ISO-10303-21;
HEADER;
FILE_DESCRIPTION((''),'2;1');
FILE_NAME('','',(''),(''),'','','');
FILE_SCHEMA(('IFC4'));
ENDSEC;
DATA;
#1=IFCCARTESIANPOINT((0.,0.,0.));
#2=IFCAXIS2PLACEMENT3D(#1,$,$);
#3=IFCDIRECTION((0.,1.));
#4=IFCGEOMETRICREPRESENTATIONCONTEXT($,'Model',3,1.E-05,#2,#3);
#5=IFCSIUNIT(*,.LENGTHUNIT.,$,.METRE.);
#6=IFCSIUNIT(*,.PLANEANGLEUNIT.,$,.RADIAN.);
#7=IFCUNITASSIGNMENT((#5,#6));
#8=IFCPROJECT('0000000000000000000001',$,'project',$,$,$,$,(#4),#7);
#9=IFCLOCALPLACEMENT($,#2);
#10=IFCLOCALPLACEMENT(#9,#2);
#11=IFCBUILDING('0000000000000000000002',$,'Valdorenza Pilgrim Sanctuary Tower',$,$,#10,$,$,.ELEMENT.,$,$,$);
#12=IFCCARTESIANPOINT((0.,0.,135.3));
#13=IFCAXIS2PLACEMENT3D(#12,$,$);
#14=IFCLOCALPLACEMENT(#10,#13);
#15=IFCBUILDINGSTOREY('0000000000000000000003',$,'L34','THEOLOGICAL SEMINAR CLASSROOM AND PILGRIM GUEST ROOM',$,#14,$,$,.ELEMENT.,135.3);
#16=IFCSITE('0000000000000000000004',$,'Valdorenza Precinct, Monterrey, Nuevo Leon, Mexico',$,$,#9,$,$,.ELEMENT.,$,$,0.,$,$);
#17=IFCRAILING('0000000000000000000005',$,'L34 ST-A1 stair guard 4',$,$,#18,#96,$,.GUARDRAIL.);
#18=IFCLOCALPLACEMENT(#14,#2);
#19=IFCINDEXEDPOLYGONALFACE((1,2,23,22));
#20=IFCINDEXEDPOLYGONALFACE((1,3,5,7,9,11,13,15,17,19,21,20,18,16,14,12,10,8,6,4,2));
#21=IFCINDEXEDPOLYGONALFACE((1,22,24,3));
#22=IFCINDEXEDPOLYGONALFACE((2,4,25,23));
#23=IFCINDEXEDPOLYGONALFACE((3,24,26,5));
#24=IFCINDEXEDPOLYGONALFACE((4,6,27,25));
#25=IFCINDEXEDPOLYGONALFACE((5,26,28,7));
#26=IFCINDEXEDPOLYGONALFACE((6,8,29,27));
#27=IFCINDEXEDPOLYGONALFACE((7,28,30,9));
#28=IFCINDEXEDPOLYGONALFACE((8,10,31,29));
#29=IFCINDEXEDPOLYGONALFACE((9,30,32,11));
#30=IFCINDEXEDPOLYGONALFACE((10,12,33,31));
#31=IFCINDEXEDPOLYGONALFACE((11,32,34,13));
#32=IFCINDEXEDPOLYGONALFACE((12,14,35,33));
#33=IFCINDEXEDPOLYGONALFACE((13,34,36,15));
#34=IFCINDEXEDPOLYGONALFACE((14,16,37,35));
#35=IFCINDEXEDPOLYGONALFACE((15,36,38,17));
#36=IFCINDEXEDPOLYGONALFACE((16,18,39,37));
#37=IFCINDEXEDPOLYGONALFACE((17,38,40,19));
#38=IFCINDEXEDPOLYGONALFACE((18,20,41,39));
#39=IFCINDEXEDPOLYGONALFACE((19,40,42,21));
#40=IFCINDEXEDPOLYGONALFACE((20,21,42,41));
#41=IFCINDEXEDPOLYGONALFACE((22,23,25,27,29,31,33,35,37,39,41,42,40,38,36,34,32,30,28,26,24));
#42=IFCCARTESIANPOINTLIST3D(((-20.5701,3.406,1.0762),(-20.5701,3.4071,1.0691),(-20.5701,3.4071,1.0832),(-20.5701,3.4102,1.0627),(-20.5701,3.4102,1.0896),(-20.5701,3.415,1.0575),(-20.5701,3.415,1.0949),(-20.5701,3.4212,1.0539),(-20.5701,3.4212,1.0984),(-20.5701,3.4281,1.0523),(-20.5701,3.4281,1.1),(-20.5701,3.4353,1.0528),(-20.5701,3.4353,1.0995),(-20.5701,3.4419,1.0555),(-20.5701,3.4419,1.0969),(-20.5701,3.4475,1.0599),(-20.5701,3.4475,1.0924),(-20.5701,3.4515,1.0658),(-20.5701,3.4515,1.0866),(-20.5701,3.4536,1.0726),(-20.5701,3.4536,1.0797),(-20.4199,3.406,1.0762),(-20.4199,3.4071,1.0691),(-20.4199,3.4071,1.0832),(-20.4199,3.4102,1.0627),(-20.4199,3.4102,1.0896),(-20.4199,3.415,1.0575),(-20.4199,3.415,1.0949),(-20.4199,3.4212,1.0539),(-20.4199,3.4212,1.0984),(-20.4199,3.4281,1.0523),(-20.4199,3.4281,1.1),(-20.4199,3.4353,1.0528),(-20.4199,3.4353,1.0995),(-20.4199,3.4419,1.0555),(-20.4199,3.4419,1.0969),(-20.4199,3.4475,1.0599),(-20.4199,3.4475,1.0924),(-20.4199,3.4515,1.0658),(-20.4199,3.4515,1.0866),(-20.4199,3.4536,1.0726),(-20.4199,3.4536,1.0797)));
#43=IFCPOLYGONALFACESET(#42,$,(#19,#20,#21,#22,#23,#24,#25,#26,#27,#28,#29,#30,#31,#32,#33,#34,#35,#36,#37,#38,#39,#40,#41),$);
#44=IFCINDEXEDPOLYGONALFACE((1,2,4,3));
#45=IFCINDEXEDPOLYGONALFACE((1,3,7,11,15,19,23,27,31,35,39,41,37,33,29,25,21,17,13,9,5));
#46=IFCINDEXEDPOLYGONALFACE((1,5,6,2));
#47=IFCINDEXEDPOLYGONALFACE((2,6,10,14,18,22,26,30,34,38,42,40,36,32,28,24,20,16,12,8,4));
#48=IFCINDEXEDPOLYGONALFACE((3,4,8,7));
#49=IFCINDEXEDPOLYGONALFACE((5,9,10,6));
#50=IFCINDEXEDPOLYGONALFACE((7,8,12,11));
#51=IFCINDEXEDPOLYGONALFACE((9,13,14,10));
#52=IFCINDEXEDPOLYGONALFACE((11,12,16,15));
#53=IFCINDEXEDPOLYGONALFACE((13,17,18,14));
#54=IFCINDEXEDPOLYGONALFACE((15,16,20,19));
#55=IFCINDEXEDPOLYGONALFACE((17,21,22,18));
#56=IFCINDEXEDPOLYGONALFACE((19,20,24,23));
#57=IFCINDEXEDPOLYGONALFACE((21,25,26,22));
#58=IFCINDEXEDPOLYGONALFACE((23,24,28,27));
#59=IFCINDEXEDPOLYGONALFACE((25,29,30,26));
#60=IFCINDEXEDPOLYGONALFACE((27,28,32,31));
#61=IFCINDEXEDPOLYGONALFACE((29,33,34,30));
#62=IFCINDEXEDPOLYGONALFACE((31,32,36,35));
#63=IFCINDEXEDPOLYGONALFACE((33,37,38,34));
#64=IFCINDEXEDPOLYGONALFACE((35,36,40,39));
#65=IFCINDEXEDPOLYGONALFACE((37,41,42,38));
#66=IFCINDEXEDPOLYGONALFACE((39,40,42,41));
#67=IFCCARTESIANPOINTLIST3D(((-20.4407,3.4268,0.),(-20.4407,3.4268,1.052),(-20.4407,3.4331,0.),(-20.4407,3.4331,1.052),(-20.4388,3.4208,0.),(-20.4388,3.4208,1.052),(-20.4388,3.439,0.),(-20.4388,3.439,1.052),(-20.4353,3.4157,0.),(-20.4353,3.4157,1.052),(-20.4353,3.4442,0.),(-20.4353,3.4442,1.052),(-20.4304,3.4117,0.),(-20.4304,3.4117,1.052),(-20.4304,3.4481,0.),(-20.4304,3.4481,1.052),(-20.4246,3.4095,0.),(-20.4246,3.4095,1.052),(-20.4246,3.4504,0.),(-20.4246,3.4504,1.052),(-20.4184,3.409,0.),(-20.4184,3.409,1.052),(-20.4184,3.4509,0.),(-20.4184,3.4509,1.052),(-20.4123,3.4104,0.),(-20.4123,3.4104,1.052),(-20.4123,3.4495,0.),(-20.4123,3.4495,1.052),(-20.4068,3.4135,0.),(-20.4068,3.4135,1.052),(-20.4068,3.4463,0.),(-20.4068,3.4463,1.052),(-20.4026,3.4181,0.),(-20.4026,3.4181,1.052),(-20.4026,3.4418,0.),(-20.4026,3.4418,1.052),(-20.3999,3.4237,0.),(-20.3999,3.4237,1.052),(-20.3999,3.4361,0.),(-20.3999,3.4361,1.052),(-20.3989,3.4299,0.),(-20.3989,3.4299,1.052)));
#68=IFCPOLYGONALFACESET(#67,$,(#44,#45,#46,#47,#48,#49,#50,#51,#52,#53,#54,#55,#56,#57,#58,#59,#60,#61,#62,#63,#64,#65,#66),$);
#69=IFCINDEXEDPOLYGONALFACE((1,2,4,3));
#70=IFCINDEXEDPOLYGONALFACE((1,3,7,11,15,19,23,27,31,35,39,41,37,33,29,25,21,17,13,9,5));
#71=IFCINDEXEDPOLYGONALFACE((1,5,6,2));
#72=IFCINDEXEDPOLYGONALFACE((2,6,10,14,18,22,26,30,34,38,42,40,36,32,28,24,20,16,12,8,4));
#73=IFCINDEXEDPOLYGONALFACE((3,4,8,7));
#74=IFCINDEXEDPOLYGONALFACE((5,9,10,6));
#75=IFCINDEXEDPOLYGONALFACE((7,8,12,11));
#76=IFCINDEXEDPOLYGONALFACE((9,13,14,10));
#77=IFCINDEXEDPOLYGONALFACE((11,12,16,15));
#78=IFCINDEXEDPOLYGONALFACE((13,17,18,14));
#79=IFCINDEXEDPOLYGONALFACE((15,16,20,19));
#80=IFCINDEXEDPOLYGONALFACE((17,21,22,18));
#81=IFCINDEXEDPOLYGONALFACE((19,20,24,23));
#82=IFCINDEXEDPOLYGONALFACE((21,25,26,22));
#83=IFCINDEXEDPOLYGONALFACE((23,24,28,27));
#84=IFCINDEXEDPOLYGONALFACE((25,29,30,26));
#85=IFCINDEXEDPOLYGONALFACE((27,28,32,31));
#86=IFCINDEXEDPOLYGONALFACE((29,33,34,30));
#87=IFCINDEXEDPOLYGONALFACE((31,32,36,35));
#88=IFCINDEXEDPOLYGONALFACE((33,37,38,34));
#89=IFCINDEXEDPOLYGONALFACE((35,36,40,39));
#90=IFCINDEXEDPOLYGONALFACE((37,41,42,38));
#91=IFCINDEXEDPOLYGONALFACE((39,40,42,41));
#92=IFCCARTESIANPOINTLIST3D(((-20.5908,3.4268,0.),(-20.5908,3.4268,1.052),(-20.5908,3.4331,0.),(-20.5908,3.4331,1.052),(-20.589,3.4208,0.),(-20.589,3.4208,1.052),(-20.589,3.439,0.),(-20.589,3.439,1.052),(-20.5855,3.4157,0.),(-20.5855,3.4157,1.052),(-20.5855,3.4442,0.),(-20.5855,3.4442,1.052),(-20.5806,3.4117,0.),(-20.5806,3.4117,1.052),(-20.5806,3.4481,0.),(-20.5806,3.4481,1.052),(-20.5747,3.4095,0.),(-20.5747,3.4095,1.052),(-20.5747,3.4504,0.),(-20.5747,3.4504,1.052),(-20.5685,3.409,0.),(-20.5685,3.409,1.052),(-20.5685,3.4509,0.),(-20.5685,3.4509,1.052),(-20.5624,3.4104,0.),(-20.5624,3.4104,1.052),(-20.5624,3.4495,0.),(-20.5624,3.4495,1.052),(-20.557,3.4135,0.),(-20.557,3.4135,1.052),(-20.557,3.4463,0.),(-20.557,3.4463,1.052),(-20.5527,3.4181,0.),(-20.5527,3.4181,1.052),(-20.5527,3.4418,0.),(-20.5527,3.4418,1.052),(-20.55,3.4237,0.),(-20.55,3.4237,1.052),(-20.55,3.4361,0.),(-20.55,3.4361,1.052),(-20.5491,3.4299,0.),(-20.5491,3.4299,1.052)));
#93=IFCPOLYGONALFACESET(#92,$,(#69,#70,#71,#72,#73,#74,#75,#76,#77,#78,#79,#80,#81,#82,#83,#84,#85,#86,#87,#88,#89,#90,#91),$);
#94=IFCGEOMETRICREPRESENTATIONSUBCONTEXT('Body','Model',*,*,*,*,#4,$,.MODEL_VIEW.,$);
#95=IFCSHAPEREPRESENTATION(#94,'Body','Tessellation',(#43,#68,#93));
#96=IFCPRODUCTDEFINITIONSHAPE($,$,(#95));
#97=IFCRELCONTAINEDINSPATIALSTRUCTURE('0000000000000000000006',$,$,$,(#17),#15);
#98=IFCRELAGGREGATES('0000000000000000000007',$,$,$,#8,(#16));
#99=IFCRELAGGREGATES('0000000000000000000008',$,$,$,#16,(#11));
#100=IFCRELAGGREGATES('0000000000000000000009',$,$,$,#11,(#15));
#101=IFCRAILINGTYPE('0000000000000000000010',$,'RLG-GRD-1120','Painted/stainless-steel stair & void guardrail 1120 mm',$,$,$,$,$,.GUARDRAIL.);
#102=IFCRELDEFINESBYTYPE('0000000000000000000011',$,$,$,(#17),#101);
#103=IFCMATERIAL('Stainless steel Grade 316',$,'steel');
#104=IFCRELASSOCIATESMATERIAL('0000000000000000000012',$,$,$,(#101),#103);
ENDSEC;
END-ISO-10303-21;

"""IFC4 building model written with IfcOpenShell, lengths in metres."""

from ifc_helpers import new_model, si_unit, direction, frame, origin, origin_2d, place, context, subcontext, project, spatial, circle, extrude, material, type_object, element, save


model = new_model("IFC4")

# Units and contexts
model_context = context("Model", 3, precision=1e-05, world=origin(), true_north=direction((0.0, 1.0)))
body_context = subcontext(model_context, "Body", "Model", "MODEL_VIEW")
ifc_project = project(units=[si_unit("LENGTHUNIT", "METRE"), si_unit("PLANEANGLEUNIT", "RADIAN")], contexts=[model_context])

# Site, building, storey
site_placement = place(None, origin())
site = spatial("IfcSite", under=ifc_project, at=site_placement, Name="Valdorenza Precinct, Monterrey, Nuevo Leon, Mexico", CompositionType="ELEMENT", RefElevation=0.0)
building_placement = place(site_placement, origin())
building = spatial("IfcBuilding", under=site, at=building_placement, Name="Valdorenza Pilgrim Sanctuary Tower", CompositionType="ELEMENT")
storey_placement = place(building_placement, frame((0.0, 0.0, 135.3)))
storey = spatial("IfcBuildingStorey", under=building, at=storey_placement, Name="L34", Description="THEOLOGICAL SEMINAR CLASSROOM AND PILGRIM GUEST ROOM", CompositionType="ELEMENT", Elevation=135.3)

# Railing
ifc_material_1 = material(Name="Stainless steel Grade 316", Category="steel")
railing_type_1 = type_object("IfcRailingType", Name="RLG-GRD-1120", Description="Painted/stainless-steel stair & void guardrail 1120 mm", PredefinedType="GUARDRAIL", material=ifc_material_1)
railing_1_placement = place(storey_placement, frame((-20.4199, 3.4299, 0.0)))
element("IfcRailing", 1, at=railing_1_placement, inside=storey, type_object=railing_type_1, Name="L34 ST-A1 stair guard 4", PredefinedType="GUARDRAIL", context=body_context, shape_type="SweptSolid", body=[
    extrude(circle(Radius=0.0239, at=origin_2d()), frame((0.0, 0.0, 1.0762), z_axis=(-1.0, 0.0, 0.0), x_axis=(0.0, -1.0, 0.0)), (0.0, 0.0, 1.0), 0.1501),
    extrude(circle(Radius=0.021, at=origin_2d()), origin(), (0.0, 0.0, 1.0), 1.052),
    extrude(circle(Radius=0.021, at=origin_2d()), frame((-0.1501, 0.0, 0.0)), (0.0, 0.0, 1.0), 1.052),
])

save(model, "model.ifc")
